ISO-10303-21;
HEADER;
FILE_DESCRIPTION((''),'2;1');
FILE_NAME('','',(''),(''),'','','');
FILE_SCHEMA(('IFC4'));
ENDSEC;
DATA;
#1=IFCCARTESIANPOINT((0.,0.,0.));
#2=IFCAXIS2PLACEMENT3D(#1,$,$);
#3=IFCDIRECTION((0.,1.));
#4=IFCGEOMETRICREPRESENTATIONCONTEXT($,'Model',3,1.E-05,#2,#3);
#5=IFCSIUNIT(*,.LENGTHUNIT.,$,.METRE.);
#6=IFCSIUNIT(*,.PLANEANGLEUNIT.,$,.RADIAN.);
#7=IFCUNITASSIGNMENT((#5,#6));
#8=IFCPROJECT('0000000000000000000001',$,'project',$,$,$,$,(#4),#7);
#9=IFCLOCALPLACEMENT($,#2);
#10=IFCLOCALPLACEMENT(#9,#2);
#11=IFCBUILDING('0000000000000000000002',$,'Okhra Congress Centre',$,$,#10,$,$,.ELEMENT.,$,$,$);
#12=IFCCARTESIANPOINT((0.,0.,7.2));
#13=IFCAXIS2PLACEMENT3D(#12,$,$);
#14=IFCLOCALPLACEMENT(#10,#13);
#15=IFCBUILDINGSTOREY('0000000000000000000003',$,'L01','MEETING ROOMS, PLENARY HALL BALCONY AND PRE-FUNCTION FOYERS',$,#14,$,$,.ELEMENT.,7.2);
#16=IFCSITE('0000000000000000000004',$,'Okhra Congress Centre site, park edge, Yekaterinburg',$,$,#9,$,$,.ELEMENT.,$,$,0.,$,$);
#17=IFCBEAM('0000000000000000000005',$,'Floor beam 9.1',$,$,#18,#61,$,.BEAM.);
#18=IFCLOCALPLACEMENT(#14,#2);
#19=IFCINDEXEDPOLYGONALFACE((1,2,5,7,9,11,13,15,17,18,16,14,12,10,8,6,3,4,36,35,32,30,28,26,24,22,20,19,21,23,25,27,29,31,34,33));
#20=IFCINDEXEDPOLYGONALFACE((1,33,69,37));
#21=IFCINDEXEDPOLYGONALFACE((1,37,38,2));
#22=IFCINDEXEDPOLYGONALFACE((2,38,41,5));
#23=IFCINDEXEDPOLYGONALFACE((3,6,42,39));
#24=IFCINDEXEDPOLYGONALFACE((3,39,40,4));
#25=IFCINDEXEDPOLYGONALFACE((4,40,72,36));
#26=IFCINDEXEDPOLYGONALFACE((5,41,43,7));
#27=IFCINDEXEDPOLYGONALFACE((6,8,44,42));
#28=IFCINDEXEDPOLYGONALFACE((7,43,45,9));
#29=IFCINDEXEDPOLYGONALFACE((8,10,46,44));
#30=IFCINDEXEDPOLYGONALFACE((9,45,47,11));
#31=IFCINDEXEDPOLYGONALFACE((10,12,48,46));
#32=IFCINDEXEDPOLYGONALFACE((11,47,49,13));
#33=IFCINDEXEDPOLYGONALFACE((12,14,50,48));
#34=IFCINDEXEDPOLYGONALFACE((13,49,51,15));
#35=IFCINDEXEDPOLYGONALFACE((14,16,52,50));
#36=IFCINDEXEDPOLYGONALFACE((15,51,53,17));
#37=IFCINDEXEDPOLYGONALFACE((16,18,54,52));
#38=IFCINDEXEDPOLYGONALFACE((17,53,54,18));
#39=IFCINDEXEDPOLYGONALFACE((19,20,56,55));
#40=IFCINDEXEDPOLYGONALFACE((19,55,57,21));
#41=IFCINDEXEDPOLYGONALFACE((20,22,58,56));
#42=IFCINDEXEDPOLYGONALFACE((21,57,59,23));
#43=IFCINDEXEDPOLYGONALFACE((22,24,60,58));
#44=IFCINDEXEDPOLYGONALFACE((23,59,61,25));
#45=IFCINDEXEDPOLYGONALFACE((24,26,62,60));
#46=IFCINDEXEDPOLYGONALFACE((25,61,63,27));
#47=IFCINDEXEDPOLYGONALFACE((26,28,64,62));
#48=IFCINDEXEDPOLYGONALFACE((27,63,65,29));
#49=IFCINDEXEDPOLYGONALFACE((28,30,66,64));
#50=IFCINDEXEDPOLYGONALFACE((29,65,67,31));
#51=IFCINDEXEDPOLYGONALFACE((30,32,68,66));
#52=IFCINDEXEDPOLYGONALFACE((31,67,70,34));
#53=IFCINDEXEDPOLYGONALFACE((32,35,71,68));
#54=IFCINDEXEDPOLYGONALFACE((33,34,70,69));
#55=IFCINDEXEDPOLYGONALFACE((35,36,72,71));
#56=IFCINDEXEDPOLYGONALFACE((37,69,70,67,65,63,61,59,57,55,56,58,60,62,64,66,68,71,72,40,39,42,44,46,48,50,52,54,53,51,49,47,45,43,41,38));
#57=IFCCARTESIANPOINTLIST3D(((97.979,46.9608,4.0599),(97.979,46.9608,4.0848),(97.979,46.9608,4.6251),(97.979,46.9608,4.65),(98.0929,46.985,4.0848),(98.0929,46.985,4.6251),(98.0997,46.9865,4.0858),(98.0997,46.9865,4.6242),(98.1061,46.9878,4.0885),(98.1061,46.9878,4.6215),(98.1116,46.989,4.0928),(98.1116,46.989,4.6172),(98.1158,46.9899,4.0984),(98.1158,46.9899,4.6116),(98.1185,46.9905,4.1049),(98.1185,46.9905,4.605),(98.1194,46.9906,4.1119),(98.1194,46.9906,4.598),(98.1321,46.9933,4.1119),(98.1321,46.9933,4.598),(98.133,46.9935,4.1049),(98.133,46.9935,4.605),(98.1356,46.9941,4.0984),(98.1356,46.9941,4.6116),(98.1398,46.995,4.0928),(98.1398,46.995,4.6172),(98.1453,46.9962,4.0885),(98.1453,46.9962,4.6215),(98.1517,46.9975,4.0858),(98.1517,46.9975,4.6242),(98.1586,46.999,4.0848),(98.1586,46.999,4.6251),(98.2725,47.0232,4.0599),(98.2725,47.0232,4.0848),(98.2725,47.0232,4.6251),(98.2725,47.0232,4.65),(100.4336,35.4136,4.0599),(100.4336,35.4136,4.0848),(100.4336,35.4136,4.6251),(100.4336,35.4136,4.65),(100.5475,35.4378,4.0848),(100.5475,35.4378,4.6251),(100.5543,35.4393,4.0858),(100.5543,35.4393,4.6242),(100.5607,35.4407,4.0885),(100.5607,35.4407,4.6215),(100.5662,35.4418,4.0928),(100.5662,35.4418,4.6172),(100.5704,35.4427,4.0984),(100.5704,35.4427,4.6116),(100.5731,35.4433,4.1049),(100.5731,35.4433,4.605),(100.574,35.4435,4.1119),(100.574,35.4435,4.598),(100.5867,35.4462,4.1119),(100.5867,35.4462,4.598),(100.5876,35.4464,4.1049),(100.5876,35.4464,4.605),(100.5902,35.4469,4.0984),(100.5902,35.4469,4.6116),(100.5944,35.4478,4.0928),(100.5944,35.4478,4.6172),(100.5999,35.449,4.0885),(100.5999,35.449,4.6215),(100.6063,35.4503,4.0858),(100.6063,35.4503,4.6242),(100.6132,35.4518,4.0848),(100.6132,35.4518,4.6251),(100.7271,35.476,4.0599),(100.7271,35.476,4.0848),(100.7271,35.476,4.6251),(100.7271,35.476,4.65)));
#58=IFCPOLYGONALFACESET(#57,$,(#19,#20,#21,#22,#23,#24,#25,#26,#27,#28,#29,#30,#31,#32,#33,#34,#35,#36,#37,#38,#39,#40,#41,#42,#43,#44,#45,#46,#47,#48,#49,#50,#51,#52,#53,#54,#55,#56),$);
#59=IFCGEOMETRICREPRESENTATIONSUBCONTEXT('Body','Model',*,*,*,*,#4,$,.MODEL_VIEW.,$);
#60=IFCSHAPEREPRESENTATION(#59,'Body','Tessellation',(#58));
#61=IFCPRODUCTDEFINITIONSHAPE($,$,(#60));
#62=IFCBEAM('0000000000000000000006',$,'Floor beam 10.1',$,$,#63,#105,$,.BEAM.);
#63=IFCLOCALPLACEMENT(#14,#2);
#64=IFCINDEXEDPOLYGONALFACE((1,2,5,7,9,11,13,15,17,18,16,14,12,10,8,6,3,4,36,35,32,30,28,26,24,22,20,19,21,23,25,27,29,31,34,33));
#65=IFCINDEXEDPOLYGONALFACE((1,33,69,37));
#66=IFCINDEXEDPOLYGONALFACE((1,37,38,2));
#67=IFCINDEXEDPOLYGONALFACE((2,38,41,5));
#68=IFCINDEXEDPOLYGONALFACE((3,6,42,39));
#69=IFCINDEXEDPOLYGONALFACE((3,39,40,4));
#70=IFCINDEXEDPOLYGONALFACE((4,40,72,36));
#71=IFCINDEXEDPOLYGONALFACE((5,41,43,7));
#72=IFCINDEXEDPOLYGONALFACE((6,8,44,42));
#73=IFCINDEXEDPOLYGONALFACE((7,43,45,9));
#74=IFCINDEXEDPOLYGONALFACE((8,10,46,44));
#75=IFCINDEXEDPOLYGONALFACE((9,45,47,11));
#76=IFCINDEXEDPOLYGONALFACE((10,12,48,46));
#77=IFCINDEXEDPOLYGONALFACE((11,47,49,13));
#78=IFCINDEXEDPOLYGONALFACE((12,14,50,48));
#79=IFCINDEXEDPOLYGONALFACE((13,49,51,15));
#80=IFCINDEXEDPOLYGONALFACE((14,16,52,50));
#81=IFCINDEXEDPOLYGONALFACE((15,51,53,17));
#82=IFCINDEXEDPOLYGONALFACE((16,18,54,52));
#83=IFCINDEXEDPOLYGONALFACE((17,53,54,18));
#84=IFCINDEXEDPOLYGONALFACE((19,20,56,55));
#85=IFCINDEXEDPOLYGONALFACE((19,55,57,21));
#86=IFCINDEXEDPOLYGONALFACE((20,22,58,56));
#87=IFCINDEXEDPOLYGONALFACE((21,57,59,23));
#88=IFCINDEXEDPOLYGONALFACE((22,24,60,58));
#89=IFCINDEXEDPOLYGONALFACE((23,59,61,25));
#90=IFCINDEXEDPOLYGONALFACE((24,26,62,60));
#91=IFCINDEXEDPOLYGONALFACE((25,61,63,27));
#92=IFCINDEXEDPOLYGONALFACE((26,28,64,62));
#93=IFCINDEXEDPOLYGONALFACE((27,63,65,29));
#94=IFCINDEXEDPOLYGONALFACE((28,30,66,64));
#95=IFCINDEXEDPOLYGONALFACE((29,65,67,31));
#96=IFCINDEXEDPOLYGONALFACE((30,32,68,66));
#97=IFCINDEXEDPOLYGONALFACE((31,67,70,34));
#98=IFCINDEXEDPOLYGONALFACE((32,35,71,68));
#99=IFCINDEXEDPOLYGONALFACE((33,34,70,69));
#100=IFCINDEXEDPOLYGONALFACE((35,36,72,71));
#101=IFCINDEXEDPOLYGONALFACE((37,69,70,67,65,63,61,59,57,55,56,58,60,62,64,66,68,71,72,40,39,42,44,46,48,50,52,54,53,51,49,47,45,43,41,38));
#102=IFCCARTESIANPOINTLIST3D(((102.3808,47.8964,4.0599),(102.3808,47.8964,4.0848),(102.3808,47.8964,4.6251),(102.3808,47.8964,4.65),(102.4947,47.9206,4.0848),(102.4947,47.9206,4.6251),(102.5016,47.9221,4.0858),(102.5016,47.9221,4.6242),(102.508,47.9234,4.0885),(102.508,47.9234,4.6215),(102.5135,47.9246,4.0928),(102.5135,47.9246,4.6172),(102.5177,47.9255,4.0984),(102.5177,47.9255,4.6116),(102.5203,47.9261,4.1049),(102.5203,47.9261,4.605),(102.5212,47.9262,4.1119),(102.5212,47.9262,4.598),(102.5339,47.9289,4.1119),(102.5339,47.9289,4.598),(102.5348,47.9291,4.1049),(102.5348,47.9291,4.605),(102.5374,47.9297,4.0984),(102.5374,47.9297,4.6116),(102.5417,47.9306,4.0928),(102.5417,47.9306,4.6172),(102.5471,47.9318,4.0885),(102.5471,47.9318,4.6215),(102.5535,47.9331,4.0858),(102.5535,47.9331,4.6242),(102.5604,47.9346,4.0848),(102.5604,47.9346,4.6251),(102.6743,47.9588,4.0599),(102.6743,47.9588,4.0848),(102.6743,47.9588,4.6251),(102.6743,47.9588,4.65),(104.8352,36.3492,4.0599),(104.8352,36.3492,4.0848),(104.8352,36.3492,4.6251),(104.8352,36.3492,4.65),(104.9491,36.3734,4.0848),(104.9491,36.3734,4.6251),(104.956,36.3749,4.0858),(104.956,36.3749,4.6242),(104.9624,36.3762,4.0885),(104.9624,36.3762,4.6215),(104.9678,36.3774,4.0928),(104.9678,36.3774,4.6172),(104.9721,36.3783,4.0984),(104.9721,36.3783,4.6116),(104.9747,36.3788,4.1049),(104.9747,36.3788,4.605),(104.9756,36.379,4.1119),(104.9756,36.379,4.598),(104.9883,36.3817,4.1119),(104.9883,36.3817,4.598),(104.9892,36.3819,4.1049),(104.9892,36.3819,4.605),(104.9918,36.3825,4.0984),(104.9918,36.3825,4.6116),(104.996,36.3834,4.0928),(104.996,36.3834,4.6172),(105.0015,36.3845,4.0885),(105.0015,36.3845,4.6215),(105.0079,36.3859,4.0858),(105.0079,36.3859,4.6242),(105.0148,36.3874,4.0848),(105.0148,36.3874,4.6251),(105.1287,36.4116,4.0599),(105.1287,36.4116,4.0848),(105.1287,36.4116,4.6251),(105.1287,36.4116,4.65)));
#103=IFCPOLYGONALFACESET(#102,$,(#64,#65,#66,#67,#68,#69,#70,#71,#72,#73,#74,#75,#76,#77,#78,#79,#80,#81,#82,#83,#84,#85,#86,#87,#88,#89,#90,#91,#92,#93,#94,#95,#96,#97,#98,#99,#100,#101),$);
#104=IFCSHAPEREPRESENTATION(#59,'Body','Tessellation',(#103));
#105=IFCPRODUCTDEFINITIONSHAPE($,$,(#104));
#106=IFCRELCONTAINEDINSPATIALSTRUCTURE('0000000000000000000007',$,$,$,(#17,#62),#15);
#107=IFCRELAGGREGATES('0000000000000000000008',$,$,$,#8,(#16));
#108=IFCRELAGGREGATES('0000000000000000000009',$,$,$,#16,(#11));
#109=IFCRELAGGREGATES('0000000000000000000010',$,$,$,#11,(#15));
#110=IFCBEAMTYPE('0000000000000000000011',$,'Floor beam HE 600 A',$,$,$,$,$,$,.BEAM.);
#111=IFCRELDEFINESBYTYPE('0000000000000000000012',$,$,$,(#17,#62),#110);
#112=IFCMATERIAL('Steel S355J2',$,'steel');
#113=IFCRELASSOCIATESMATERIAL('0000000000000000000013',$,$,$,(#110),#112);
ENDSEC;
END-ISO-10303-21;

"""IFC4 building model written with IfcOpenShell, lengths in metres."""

from ifc_helpers import new_model, si_unit, direction, frame, origin, origin_2d, place, context, subcontext, project, spatial, i_section, extrude, material, material_profile, profile_set, type_object, element, save


model = new_model("IFC4")

# Units and contexts
model_context = context("Model", 3, precision=1e-05, world=origin(), true_north=direction((0.0, 1.0)))
body_context = subcontext(model_context, "Body", "Model", "MODEL_VIEW")
ifc_project = project(units=[si_unit("LENGTHUNIT", "METRE"), si_unit("PLANEANGLEUNIT", "RADIAN")], contexts=[model_context])

# Site, building, storey
site_placement = place(None, origin())
site = spatial("IfcSite", under=ifc_project, at=site_placement, Name="Okhra Congress Centre site, park edge, Yekaterinburg", CompositionType="ELEMENT", RefElevation=0.0)
building_placement = place(site_placement, origin())
building = spatial("IfcBuilding", under=site, at=building_placement, Name="Okhra Congress Centre", CompositionType="ELEMENT")
storey_placement = place(building_placement, frame((0.0, 0.0, 7.2)))
storey = spatial("IfcBuildingStorey", under=building, at=storey_placement, Name="L01", Description="MEETING ROOMS, PLENARY HALL BALCONY AND PRE-FUNCTION FOYERS", CompositionType="ELEMENT", Elevation=7.2)

# Shared definitions
ifc_material_1 = material(Name="Steel S355J2", Category="steel")

# Beams
ifc_material_profile_1 = material_profile(ifc_material_1, i_section(OverallWidth=0.3, OverallDepth=0.5901, WebThickness=0.0129, FlangeThickness=0.0249, FilletRadius=0.0271, at=origin_2d()), Name="HE 600 A")
ifc_profile_set_1 = profile_set([ifc_material_profile_1], Name="Steel S355J2")
beam_type_1 = type_object("IfcBeamType", Name="Floor beam HE 600 A", PredefinedType="BEAM", material=ifc_profile_set_1)
for number, where, z_axis, x_axis, name in (
    (1, (100.5803, 35.4448, 4.355), (-0.207926, 0.978145, 0.0), (-0.978145, -0.207926, 0.0), "Floor beam 9.1"),
    (2, (104.9819, 36.3804, 4.355), (-0.207906, 0.978149, 0.0), (-0.978149, -0.207906, 0.0), "Floor beam 10.1"),
):
    element("IfcBeam", number, at=place(storey_placement, frame(where, z_axis=z_axis, x_axis=x_axis)), inside=storey, type_object=beam_type_1, Name=name, PredefinedType="BEAM", context=body_context, shape_type="SweptSolid", body=[
        extrude(i_section(OverallWidth=0.3, OverallDepth=0.5901, WebThickness=0.0129, FlangeThickness=0.0249, FilletRadius=0.0271, at=origin_2d()), origin(), (0.0, 0.0, 1.0), 11.8052),
    ])

save(model, "model.ifc")
